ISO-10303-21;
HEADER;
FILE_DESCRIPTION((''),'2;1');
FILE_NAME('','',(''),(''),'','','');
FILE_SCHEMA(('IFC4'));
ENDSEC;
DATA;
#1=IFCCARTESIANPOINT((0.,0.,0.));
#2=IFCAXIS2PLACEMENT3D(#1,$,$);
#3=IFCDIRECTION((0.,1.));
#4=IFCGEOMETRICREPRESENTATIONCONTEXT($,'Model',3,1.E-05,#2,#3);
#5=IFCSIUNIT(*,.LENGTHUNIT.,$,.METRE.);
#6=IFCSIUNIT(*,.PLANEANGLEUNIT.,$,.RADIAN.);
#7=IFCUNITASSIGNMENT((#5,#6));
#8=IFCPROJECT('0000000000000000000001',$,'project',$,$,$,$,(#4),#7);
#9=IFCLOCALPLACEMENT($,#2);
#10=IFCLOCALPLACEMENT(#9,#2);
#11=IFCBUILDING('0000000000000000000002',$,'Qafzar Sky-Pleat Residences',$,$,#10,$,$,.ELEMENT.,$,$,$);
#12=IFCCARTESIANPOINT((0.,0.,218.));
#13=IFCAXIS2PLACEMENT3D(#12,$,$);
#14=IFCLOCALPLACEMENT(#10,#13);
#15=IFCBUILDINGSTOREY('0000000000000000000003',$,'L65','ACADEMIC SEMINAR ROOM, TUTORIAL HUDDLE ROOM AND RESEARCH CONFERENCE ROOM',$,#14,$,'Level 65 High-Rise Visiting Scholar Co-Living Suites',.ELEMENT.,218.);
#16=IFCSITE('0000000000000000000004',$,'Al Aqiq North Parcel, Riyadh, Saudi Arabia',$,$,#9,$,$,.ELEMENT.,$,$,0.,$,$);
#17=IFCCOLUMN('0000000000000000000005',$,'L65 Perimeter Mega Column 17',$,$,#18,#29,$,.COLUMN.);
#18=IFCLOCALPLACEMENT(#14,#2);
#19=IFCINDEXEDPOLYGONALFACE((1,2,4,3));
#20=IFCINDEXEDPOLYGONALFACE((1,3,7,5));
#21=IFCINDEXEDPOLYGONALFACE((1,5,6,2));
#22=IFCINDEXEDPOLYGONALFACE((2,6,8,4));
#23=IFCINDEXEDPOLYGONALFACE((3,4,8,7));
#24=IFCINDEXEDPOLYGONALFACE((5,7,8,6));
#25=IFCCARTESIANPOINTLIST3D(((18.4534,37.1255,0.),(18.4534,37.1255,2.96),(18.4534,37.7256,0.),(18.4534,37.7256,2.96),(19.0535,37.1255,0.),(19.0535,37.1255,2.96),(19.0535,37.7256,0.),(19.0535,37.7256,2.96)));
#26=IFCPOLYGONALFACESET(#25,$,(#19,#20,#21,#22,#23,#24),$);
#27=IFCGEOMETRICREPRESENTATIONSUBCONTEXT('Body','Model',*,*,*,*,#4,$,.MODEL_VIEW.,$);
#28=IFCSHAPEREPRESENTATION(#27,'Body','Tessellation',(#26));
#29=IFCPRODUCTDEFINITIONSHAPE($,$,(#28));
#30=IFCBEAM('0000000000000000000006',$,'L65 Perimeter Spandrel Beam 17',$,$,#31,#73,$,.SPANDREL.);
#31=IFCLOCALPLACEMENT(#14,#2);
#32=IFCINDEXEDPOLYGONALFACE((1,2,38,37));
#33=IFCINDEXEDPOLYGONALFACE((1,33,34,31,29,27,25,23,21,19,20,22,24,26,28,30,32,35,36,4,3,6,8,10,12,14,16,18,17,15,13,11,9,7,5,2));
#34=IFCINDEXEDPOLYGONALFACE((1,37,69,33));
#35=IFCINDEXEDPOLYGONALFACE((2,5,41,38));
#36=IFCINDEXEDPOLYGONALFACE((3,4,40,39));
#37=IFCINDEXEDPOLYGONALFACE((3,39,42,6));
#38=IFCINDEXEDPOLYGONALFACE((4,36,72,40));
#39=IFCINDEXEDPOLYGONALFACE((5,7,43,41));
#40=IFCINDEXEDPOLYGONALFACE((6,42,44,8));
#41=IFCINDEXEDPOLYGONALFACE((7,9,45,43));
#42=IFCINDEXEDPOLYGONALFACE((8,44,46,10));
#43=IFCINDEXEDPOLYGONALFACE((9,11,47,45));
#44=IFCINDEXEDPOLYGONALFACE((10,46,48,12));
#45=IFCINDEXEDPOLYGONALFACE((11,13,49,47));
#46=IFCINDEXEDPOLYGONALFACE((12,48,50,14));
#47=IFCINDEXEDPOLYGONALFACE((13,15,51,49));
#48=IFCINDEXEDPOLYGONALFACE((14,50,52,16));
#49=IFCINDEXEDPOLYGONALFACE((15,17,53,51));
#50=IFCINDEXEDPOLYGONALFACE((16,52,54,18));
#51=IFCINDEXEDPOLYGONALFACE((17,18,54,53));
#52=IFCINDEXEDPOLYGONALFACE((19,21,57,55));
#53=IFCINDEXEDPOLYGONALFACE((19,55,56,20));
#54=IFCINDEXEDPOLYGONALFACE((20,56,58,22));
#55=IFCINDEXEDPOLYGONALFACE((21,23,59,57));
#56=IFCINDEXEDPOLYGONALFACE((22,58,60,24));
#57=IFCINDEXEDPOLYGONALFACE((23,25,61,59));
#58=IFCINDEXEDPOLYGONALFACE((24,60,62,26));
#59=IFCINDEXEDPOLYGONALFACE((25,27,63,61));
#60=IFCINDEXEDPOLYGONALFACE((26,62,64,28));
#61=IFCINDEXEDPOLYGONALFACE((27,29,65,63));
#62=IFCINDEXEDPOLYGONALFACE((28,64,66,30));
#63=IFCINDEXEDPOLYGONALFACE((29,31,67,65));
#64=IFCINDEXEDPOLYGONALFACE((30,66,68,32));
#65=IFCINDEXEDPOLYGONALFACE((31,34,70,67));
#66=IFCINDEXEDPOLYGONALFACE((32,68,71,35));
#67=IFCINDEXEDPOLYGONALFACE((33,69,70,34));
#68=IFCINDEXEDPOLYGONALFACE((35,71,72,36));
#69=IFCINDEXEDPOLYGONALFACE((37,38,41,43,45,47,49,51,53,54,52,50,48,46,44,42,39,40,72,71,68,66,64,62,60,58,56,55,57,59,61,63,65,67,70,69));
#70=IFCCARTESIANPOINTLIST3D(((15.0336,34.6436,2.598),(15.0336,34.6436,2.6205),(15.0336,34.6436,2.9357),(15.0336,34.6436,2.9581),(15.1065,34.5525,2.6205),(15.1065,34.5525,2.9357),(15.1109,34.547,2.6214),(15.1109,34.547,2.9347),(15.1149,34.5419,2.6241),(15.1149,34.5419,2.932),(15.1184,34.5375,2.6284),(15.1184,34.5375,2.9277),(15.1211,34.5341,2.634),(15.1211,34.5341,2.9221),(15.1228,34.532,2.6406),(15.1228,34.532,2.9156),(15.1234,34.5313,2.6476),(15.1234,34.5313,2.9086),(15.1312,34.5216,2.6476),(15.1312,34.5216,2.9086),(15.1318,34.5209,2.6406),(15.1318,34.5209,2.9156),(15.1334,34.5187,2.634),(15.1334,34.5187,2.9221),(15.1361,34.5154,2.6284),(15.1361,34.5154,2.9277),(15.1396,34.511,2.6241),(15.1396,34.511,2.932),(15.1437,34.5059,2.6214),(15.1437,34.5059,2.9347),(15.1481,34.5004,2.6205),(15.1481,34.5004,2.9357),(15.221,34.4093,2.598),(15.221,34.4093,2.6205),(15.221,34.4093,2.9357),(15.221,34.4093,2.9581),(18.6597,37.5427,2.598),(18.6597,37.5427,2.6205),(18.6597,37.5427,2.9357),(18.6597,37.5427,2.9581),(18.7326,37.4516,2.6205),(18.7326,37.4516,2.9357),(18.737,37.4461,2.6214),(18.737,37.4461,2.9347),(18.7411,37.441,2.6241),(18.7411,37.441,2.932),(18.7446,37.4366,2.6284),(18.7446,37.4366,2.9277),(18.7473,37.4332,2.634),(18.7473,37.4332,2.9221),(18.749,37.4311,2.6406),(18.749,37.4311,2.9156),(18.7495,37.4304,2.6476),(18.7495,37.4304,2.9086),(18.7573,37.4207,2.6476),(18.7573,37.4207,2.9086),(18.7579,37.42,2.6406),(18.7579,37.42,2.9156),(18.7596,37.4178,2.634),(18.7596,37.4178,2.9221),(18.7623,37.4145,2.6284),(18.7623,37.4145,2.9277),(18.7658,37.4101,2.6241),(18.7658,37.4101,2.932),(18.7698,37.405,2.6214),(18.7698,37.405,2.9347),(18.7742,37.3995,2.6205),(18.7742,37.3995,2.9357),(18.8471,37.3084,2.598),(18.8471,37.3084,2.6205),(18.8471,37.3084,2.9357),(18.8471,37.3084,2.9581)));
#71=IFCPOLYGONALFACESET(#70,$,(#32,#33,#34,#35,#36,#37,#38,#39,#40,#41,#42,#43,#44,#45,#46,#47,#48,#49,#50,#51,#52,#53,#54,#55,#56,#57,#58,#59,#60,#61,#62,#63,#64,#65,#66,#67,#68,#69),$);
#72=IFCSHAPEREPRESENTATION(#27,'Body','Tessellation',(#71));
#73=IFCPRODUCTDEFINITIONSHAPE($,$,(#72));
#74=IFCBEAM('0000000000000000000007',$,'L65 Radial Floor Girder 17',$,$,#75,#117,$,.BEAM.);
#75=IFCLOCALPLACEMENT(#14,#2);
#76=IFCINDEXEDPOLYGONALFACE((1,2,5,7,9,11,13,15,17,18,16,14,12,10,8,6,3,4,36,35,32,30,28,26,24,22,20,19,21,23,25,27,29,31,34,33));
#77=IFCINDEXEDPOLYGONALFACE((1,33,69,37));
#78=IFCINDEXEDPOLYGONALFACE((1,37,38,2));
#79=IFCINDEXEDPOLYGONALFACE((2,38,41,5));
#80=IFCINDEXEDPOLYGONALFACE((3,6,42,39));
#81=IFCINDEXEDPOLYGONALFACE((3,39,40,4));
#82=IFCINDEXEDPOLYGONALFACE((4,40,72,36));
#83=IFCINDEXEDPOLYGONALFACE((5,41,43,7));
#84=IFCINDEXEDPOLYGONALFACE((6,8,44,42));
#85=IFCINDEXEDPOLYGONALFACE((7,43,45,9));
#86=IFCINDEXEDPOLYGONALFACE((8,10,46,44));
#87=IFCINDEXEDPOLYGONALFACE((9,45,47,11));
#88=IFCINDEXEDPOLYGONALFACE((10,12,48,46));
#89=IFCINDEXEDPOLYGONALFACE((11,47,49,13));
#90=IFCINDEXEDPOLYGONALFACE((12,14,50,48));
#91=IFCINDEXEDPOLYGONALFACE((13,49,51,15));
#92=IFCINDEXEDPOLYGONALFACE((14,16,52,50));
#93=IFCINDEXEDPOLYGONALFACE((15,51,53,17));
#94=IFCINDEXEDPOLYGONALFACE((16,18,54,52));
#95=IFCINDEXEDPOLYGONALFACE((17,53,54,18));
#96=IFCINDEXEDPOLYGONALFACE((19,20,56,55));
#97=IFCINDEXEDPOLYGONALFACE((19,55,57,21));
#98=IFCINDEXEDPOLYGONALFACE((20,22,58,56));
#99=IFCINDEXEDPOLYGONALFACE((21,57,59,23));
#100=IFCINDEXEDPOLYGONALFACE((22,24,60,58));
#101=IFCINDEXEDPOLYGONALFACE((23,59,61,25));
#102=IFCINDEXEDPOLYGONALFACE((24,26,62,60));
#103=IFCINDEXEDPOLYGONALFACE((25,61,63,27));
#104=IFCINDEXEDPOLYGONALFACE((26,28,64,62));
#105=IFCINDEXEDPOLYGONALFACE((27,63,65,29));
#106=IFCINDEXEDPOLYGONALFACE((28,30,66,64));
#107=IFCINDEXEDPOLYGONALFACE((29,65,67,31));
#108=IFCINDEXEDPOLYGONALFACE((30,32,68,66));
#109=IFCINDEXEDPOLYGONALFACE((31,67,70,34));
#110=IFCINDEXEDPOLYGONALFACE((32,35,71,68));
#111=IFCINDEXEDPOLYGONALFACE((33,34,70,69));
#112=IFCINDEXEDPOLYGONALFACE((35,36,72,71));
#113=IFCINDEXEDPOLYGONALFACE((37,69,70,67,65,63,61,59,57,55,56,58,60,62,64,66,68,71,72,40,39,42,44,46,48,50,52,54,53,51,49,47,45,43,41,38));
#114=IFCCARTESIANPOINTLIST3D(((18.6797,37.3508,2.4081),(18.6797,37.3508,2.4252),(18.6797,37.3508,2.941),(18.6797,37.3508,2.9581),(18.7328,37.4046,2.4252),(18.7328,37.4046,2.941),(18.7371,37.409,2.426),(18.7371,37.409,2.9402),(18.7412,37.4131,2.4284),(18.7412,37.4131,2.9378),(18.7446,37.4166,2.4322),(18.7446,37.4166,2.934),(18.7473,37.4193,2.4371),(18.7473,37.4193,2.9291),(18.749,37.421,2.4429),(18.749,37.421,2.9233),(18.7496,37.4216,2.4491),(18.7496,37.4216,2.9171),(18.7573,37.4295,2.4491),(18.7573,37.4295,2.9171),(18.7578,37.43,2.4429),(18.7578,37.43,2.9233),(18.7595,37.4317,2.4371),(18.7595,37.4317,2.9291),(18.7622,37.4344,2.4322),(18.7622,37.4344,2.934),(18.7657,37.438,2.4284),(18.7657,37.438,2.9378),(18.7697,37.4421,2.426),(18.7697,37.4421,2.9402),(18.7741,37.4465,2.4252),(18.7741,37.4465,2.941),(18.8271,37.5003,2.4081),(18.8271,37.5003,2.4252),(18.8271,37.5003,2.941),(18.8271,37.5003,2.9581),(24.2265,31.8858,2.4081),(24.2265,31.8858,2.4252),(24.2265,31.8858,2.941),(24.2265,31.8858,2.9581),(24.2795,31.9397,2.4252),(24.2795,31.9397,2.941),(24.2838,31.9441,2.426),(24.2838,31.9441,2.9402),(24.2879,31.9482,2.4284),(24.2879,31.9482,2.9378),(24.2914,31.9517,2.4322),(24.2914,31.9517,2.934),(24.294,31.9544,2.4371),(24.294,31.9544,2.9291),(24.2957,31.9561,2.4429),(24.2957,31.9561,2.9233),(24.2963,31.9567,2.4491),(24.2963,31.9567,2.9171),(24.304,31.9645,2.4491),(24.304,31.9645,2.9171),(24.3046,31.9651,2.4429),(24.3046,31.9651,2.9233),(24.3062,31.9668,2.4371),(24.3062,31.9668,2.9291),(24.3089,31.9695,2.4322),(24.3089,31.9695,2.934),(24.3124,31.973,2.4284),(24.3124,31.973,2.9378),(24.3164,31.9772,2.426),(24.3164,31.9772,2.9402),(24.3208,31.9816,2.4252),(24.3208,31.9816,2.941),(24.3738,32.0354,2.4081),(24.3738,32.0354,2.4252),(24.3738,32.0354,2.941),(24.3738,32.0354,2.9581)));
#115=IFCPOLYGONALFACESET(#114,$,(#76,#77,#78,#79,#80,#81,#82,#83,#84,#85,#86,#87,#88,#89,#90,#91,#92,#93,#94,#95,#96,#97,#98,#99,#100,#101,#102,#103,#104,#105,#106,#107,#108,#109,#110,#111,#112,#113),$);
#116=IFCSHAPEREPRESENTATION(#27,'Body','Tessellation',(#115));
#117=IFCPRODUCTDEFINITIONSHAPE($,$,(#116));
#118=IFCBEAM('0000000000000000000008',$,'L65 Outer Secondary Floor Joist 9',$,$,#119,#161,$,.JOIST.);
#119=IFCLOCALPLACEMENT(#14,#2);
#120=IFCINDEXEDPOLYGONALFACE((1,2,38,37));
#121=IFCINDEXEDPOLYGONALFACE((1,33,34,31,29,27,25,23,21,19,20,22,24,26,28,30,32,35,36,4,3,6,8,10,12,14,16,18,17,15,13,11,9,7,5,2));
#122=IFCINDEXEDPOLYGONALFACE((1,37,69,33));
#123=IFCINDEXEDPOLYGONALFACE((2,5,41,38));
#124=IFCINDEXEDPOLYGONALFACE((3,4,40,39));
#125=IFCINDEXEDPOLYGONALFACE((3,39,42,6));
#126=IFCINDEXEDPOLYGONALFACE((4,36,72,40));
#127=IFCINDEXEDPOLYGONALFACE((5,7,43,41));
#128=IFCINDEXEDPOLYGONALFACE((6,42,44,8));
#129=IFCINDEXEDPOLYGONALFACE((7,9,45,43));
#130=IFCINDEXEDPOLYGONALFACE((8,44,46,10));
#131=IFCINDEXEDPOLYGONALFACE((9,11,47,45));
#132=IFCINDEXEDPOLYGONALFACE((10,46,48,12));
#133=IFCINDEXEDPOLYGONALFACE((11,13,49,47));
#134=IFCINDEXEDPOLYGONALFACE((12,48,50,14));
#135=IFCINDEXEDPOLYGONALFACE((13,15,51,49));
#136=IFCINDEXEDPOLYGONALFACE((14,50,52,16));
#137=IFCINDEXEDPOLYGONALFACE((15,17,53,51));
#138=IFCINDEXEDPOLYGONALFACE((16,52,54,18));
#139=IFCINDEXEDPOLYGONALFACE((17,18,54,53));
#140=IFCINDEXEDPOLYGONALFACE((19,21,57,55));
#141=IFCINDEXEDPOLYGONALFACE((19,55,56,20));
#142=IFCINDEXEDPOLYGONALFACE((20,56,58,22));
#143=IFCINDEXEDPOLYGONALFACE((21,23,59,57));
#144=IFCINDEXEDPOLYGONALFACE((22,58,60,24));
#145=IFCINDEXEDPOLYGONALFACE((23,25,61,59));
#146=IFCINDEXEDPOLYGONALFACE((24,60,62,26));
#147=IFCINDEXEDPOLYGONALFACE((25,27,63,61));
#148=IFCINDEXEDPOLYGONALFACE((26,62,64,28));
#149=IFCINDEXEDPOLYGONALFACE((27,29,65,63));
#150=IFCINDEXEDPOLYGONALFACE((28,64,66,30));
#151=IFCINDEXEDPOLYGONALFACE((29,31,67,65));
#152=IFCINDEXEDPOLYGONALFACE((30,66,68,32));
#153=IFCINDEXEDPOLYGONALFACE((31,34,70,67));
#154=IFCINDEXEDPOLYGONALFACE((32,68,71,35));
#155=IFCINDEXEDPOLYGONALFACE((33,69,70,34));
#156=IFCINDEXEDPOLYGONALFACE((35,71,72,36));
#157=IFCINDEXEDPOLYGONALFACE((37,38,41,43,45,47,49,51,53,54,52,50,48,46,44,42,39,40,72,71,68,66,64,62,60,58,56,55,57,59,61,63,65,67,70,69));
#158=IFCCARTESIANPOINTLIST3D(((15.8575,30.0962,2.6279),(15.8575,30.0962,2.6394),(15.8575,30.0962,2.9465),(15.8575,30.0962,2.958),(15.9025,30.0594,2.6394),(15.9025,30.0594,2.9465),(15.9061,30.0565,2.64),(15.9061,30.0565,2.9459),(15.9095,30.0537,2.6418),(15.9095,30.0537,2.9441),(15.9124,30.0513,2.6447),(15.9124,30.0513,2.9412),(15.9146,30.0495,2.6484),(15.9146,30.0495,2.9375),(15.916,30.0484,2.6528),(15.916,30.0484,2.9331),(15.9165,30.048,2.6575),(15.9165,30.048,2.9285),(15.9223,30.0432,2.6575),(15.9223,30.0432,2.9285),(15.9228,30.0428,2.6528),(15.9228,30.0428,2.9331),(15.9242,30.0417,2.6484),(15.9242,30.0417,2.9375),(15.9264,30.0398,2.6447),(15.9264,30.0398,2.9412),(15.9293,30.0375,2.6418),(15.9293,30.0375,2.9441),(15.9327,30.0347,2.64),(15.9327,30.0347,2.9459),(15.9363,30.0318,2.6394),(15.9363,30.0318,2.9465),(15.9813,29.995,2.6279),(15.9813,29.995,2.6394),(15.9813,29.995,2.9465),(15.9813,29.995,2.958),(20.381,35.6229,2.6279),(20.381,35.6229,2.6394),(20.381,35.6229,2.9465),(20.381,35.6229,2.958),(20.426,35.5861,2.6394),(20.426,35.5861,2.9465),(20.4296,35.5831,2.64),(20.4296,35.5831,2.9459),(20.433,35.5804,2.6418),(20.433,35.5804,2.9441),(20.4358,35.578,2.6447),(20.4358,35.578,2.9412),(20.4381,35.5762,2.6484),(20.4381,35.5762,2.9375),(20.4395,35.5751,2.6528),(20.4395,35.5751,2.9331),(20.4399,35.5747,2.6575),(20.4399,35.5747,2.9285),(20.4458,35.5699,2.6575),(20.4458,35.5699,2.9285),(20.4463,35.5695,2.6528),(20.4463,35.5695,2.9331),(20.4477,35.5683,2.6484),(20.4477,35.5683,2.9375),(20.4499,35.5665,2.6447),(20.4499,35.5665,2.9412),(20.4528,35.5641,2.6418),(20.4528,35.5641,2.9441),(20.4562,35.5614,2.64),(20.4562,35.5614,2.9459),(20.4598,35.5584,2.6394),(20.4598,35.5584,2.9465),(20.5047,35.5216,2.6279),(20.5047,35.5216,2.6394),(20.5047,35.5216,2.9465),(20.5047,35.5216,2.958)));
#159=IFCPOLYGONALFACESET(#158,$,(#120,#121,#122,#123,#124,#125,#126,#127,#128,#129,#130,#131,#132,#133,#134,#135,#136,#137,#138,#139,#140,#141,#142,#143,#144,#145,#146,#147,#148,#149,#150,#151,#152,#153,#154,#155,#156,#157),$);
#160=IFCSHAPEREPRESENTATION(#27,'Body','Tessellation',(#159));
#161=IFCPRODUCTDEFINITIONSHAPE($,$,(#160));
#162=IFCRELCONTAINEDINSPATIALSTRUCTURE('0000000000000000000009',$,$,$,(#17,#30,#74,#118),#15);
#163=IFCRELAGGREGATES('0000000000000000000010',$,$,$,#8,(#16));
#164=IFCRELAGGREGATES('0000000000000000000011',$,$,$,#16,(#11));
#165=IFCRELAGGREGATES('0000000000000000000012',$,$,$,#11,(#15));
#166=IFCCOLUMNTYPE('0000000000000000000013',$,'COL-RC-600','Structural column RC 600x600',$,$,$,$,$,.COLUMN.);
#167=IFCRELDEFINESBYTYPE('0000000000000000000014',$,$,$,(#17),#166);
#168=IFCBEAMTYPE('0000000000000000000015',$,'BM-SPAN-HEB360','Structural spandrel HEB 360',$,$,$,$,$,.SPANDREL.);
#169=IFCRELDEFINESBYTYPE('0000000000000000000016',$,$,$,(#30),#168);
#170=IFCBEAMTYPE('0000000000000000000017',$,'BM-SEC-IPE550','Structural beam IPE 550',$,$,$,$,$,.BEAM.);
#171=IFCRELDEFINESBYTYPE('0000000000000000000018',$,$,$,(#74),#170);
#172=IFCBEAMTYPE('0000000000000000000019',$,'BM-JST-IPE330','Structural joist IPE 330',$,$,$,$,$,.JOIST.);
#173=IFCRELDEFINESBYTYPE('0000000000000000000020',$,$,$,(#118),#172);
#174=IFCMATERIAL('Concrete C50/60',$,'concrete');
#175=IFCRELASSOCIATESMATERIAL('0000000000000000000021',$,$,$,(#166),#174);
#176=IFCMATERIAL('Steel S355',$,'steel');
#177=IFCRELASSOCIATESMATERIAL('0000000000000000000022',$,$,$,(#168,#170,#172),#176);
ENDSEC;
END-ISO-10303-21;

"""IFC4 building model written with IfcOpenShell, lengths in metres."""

from ifc_helpers import new_model, si_unit, direction, frame, origin, origin_2d, place, context, subcontext, project, spatial, rectangle, i_section, extrude, source, transform, mapped, material, material_profile, profile_set, type_object, element, save


model = new_model("IFC4")

# Units and contexts
model_context = context("Model", 3, precision=1e-05, world=origin(), true_north=direction((0.0, 1.0)))
body_context = subcontext(model_context, "Body", "Model", "MODEL_VIEW")
ifc_project = project(units=[si_unit("LENGTHUNIT", "METRE"), si_unit("PLANEANGLEUNIT", "RADIAN")], contexts=[model_context])

# Site, building, storey
site_placement = place(None, origin())
site = spatial("IfcSite", under=ifc_project, at=site_placement, Name="Al Aqiq North Parcel, Riyadh, Saudi Arabia", CompositionType="ELEMENT", RefElevation=0.0)
building_placement = place(site_placement, origin())
building = spatial("IfcBuilding", under=site, at=building_placement, Name="Qafzar Sky-Pleat Residences", CompositionType="ELEMENT")
storey_placement = place(building_placement, frame((0.0, 0.0, 218.0)))
storey = spatial("IfcBuildingStorey", under=building, at=storey_placement, Name="L65", Description="ACADEMIC SEMINAR ROOM, TUTORIAL HUDDLE ROOM AND RESEARCH CONFERENCE ROOM", LongName="Level 65 High-Rise Visiting Scholar Co-Living Suites", CompositionType="ELEMENT", Elevation=218.0)

# Column
ifc_material_1 = material(Name="Concrete C50/60", Category="concrete")
ifc_material_profile_1 = material_profile(ifc_material_1, rectangle(XDim=0.6001, YDim=0.6001, at=origin_2d()), Name="RC 600x600")
ifc_profile_set_1 = profile_set([ifc_material_profile_1], Name="Concrete C50/60")
column_type = type_object("IfcColumnType", Name="COL-RC-600", Description="Structural column RC 600x600", PredefinedType="COLUMN", material=ifc_profile_set_1)
shared_shape_1 = source(origin(), body_context, "Body", "SweptSolid", [
    extrude(rectangle(XDim=0.6001, YDim=0.6001, at=origin_2d()), origin(), (0.0, 0.0, 1.0), 2.96),
])
column_placement = place(storey_placement, frame((18.7534, 37.4255, 0.0), z_axis=(0.0, 0.0, 1.0), x_axis=(1.0, 0.0, 0.0)))
element("IfcColumn", 1, at=column_placement, inside=storey, type_object=column_type, Name="L65 Perimeter Mega Column 17", PredefinedType="COLUMN", context=body_context, shape_type="MappedRepresentation", body=[
    mapped(shared_shape_1, transform((0.0, 0.0, 0.0), x_axis=(1.0, 0.0, 0.0), y_axis=(0.0, 1.0, 0.0), z_axis=(0.0, 0.0, 1.0), scale=1.0)),
])

# Beams
ifc_material_2 = material(Name="Steel S355", Category="steel")
ifc_material_profile_2 = material_profile(ifc_material_2, i_section(OverallWidth=0.3, OverallDepth=0.3601, WebThickness=0.0125, FlangeThickness=0.0225, FilletRadius=0.0271, at=origin_2d()), Name="HEB 360")
ifc_profile_set_2 = profile_set([ifc_material_profile_2], Name="Steel S355")
beam_type_1 = type_object("IfcBeamType", Name="BM-SPAN-HEB360", Description="Structural spandrel HEB 360", PredefinedType="SPANDREL", material=ifc_profile_set_2)
shared_shape_2 = source(origin(), body_context, "Body", "SweptSolid", [
    extrude(i_section(OverallWidth=0.3, OverallDepth=0.3601, WebThickness=0.0125, FlangeThickness=0.0225, FilletRadius=0.0271, at=origin_2d()), origin(), (0.0, 0.0, 1.0), 4.6426),
])
beam_1_placement = place(storey_placement, frame((18.7534, 37.4255, 2.7781), z_axis=(-0.781059, -0.624458, 0.0), x_axis=(0.624458, -0.781059, 0.0)))
element("IfcBeam", 2, at=beam_1_placement, inside=storey, type_object=beam_type_1, Name="L65 Perimeter Spandrel Beam 17", PredefinedType="SPANDREL", context=body_context, shape_type="MappedRepresentation", body=[
    mapped(shared_shape_2, transform((0.0, 0.0, 0.0), x_axis=(1.0, 0.0, 0.0), y_axis=(0.0, 1.0, 0.0), z_axis=(0.0, 0.0, 1.0), scale=1.0)),
])
ifc_material_profile_3 = material_profile(ifc_material_2, i_section(OverallWidth=0.21, OverallDepth=0.55, WebThickness=0.011, FlangeThickness=0.0171, FilletRadius=0.0239, at=origin_2d()), Name="IPE 550")
ifc_profile_set_3 = profile_set([ifc_material_profile_3], Name="Steel S355")
beam_type_2 = type_object("IfcBeamType", Name="BM-SEC-IPE550", Description="Structural beam IPE 550", PredefinedType="BEAM", material=ifc_profile_set_3)
shared_shape_3 = source(origin(), body_context, "Body", "SweptSolid", [
    extrude(i_section(OverallWidth=0.21, OverallDepth=0.55, WebThickness=0.011, FlangeThickness=0.0171, FilletRadius=0.0239, at=origin_2d()), origin(), (0.0, 0.0, 1.0), 7.7866),
])
beam_2_placement = place(storey_placement, frame((18.7534, 37.4255, 2.6831), z_axis=(0.712339, -0.701835, 0.0), x_axis=(0.701835, 0.712339, 0.0)))
element("IfcBeam", 3, at=beam_2_placement, inside=storey, type_object=beam_type_2, Name="L65 Radial Floor Girder 17", PredefinedType="BEAM", context=body_context, shape_type="MappedRepresentation", body=[
    mapped(shared_shape_3, transform((0.0, 0.0, 0.0), x_axis=(1.0, 0.0, 0.0), y_axis=(0.0, 1.0, 0.0), z_axis=(0.0, 0.0, 1.0), scale=1.0)),
])
ifc_material_profile_4 = material_profile(ifc_material_2, i_section(OverallWidth=0.1599, OverallDepth=0.3301, WebThickness=0.0076, FlangeThickness=0.0115, FilletRadius=0.0181, at=origin_2d()), Name="IPE 330")
ifc_profile_set_4 = profile_set([ifc_material_profile_4], Name="Steel S355")
beam_type_3 = type_object("IfcBeamType", Name="BM-JST-IPE330", Description="Structural joist IPE 330", PredefinedType="JOIST", material=ifc_profile_set_4)
shared_shape_4 = source(origin(), body_context, "Body", "SweptSolid", [
    extrude(i_section(OverallWidth=0.1599, OverallDepth=0.3301, WebThickness=0.0076, FlangeThickness=0.0115, FilletRadius=0.0181, at=origin_2d()), origin(), (0.0, 0.0, 1.0), 7.1418),
])
beam_3_placement = place(storey_placement, frame((20.4429, 35.5723, 2.793), z_axis=(-0.633377, -0.773843, 0.0), x_axis=(0.773843, -0.633377, 0.0)))
element("IfcBeam", 4, at=beam_3_placement, inside=storey, type_object=beam_type_3, Name="L65 Outer Secondary Floor Joist 9", PredefinedType="JOIST", context=body_context, shape_type="MappedRepresentation", body=[
    mapped(shared_shape_4, transform((0.0, 0.0, 0.0), x_axis=(1.0, 0.0, 0.0), y_axis=(0.0, 1.0, 0.0), z_axis=(0.0, 0.0, 1.0), scale=1.0)),
])

save(model, "model.ifc")
